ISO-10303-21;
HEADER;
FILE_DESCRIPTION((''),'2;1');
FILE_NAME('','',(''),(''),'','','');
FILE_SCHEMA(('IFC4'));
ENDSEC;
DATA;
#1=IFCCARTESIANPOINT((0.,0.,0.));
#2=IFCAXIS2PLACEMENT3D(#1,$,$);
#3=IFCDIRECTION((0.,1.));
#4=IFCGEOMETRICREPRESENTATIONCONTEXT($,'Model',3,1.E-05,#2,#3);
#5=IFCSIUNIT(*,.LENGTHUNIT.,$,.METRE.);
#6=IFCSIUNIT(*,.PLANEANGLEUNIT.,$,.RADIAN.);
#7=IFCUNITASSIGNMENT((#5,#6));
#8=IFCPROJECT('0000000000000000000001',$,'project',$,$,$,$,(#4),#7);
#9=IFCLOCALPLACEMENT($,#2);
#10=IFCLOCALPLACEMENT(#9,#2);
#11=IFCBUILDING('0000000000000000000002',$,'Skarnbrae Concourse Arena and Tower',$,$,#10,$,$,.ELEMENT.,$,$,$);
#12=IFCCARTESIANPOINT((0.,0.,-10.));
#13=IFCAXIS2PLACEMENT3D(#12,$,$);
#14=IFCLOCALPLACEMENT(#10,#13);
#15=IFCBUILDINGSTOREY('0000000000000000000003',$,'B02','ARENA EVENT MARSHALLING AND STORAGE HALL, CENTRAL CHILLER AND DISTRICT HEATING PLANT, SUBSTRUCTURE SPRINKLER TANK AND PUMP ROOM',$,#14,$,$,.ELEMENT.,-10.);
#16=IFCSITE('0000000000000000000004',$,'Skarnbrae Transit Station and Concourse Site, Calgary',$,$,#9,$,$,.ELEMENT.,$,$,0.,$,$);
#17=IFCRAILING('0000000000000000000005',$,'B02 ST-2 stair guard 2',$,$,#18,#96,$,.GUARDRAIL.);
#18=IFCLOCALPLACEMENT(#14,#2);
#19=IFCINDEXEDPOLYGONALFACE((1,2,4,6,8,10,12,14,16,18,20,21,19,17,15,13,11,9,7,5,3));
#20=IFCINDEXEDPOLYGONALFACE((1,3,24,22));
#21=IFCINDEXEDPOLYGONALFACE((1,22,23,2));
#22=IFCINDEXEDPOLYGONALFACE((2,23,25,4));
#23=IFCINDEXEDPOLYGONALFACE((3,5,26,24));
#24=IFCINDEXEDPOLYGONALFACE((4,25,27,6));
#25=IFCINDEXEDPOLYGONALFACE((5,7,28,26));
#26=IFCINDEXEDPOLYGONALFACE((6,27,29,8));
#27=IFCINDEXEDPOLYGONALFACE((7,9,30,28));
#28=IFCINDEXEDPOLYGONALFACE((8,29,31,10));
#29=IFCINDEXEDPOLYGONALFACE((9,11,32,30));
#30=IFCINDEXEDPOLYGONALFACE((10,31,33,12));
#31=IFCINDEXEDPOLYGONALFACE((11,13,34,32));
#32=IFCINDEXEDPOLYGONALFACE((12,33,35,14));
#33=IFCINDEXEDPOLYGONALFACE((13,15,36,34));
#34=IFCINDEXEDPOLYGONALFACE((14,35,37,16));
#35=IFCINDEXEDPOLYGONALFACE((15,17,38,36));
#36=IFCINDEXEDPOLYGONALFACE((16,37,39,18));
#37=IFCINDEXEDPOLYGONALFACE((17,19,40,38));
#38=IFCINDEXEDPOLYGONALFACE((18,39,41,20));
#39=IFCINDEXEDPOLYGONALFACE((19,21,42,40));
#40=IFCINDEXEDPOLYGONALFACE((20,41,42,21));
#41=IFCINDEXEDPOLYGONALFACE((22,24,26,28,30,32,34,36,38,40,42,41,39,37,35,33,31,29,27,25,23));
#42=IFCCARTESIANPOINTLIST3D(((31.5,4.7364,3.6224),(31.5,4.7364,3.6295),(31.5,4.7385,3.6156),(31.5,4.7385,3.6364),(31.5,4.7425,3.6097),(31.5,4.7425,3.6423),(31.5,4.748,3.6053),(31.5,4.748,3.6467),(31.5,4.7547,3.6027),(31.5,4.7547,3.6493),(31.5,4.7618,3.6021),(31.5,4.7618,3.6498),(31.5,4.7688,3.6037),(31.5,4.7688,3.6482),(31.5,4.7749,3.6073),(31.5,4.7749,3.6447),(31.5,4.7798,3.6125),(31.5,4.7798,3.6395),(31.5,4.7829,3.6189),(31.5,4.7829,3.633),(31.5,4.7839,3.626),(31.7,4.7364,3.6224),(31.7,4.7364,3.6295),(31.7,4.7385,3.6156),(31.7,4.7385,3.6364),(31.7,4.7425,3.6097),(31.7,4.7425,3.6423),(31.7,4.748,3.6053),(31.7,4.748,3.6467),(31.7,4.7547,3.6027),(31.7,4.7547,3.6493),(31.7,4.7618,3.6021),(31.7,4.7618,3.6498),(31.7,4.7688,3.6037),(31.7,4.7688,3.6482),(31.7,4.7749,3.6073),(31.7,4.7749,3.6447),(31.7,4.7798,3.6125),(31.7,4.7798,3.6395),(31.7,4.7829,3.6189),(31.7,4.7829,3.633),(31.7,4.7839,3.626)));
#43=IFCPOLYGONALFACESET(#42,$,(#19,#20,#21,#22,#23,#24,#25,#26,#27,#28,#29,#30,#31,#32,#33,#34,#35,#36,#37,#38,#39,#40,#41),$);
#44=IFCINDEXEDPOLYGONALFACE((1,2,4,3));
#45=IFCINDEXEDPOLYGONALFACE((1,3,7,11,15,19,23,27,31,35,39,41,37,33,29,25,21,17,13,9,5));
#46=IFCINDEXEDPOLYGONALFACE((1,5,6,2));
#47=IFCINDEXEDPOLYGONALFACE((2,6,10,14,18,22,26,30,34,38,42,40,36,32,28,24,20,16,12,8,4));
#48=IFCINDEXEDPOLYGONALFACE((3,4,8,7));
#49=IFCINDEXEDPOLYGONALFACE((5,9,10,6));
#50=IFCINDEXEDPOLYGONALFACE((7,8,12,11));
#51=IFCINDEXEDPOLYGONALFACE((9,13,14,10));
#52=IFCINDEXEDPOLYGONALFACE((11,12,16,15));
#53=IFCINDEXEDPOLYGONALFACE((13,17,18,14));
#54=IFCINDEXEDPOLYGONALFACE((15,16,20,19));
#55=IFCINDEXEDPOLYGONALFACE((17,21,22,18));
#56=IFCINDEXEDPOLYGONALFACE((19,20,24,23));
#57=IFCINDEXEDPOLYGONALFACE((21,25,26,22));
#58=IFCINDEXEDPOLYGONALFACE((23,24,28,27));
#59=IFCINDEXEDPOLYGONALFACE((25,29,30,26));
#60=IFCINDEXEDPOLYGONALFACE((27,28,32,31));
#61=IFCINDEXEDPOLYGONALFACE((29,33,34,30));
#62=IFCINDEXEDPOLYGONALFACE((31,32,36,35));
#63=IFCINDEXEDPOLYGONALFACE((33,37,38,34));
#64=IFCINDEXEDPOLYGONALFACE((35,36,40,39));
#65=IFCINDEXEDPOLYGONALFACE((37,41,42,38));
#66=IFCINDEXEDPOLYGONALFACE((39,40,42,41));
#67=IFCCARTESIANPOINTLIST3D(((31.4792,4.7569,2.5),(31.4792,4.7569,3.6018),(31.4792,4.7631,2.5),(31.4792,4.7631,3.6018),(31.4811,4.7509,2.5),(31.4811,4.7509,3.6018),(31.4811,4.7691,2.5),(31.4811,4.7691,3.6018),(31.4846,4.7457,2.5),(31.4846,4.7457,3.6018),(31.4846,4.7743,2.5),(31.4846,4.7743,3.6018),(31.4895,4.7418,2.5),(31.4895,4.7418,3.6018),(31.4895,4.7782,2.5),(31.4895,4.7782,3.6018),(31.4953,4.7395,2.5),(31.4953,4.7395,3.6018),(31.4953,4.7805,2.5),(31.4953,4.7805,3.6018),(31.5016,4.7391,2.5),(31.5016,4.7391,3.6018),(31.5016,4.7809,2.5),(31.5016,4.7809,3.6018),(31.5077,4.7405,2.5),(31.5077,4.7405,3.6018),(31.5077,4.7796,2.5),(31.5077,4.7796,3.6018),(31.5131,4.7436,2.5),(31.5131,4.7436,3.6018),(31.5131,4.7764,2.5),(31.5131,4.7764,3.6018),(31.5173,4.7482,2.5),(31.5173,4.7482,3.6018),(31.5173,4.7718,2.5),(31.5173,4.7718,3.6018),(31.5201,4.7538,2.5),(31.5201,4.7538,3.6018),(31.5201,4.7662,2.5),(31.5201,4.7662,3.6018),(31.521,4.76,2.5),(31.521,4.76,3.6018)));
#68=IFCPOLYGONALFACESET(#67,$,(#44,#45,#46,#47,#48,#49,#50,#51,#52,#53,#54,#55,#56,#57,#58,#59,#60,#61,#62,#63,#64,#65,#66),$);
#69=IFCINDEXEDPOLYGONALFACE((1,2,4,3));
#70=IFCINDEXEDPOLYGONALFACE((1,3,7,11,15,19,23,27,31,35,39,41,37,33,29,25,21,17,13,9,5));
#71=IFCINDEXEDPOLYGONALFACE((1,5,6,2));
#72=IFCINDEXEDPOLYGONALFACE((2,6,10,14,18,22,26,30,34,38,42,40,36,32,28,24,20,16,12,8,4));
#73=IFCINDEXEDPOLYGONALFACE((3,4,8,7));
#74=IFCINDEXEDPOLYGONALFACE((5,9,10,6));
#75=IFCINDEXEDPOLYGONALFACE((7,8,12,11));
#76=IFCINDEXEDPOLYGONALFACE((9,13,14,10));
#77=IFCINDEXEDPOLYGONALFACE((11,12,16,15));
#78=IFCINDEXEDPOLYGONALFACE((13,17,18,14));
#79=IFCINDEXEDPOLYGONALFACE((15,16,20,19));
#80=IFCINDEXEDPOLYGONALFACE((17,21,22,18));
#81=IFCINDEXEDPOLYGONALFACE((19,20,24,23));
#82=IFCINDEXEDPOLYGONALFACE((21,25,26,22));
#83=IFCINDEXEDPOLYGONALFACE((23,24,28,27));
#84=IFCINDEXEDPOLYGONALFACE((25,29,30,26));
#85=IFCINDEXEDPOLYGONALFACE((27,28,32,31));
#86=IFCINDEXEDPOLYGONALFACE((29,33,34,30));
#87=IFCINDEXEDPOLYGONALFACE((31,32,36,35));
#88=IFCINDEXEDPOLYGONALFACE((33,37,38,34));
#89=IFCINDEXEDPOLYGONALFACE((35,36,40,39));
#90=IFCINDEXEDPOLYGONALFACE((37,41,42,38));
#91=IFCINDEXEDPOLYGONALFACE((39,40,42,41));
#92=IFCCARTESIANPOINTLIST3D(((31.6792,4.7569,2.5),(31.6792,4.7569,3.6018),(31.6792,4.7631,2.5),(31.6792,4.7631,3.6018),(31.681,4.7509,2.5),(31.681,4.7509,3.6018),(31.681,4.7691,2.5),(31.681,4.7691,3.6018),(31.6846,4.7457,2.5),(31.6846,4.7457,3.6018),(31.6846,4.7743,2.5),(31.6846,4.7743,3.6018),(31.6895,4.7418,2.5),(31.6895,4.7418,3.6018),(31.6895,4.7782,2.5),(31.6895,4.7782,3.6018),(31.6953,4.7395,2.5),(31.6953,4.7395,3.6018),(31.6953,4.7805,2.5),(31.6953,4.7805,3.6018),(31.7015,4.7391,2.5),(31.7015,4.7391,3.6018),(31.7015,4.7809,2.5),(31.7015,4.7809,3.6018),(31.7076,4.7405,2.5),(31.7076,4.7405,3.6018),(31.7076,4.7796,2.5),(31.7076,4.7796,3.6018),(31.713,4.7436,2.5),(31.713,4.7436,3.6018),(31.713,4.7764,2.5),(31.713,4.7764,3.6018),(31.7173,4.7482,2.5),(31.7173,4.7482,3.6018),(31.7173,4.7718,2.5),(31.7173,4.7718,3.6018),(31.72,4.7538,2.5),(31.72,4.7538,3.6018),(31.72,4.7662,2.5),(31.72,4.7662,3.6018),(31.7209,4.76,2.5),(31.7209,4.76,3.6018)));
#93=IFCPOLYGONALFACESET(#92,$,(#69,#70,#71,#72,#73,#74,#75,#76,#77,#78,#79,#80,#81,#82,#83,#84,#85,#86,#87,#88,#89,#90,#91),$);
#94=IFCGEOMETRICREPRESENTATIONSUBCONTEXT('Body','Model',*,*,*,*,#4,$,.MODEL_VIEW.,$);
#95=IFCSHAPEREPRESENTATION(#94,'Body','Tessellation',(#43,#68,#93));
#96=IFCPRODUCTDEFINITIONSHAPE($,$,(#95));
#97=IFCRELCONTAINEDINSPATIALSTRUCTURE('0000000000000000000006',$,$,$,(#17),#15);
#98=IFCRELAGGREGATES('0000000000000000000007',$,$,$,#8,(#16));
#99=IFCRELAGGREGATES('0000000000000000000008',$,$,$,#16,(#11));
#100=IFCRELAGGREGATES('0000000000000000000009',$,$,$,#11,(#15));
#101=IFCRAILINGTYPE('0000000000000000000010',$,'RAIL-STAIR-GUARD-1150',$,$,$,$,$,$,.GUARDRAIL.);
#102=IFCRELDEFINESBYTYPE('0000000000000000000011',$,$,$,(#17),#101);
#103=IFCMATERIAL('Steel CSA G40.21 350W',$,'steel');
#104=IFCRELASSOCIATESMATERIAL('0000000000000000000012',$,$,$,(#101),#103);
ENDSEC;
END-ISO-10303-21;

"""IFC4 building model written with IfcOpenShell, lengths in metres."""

from ifc_helpers import new_model, si_unit, direction, frame, origin, origin_2d, place, context, subcontext, project, spatial, circle, extrude, material, type_object, element, save


model = new_model("IFC4")

# Units and contexts
model_context = context("Model", 3, precision=1e-05, world=origin(), true_north=direction((0.0, 1.0)))
body_context = subcontext(model_context, "Body", "Model", "MODEL_VIEW")
ifc_project = project(units=[si_unit("LENGTHUNIT", "METRE"), si_unit("PLANEANGLEUNIT", "RADIAN")], contexts=[model_context])

# Site, building, storey
site_placement = place(None, origin())
site = spatial("IfcSite", under=ifc_project, at=site_placement, Name="Skarnbrae Transit Station and Concourse Site, Calgary", CompositionType="ELEMENT", RefElevation=0.0)
building_placement = place(site_placement, origin())
building = spatial("IfcBuilding", under=site, at=building_placement, Name="Skarnbrae Concourse Arena and Tower", CompositionType="ELEMENT")
storey_placement = place(building_placement, frame((0.0, 0.0, -10.0)))
storey = spatial("IfcBuildingStorey", under=building, at=storey_placement, Name="B02", Description="ARENA EVENT MARSHALLING AND STORAGE HALL, CENTRAL CHILLER AND DISTRICT HEATING PLANT, SUBSTRUCTURE SPRINKLER TANK AND PUMP ROOM", CompositionType="ELEMENT", Elevation=-10.0)

# Shared definitions
ifc_material_1 = material(Name="Steel CSA G40.21 350W", Category="steel")

# Railing
railing_type_1 = type_object("IfcRailingType", Name="RAIL-STAIR-GUARD-1150", PredefinedType="GUARDRAIL", material=ifc_material_1)
railing_1_placement = place(storey_placement, frame((31.5, 4.76, 2.5)))
element("IfcRailing", 1, at=railing_1_placement, inside=storey, type_object=railing_type_1, Name="B02 ST-2 stair guard 2", PredefinedType="GUARDRAIL", context=body_context, shape_type="SweptSolid", body=[
    extrude(circle(Radius=0.0239, at=origin_2d()), frame((0.0, 0.0, 1.126), z_axis=(1.0, 0.0, 0.0), x_axis=(0.0, 1.0, 0.0)), (0.0, 0.0, 1.0), 0.2),
    extrude(circle(Radius=0.021, at=origin_2d()), origin(), (0.0, 0.0, 1.0), 1.1018),
    extrude(circle(Radius=0.021, at=origin_2d()), frame((0.2, 0.0, 0.0)), (0.0, 0.0, 1.0), 1.1018),
])

save(model, "model.ifc")
